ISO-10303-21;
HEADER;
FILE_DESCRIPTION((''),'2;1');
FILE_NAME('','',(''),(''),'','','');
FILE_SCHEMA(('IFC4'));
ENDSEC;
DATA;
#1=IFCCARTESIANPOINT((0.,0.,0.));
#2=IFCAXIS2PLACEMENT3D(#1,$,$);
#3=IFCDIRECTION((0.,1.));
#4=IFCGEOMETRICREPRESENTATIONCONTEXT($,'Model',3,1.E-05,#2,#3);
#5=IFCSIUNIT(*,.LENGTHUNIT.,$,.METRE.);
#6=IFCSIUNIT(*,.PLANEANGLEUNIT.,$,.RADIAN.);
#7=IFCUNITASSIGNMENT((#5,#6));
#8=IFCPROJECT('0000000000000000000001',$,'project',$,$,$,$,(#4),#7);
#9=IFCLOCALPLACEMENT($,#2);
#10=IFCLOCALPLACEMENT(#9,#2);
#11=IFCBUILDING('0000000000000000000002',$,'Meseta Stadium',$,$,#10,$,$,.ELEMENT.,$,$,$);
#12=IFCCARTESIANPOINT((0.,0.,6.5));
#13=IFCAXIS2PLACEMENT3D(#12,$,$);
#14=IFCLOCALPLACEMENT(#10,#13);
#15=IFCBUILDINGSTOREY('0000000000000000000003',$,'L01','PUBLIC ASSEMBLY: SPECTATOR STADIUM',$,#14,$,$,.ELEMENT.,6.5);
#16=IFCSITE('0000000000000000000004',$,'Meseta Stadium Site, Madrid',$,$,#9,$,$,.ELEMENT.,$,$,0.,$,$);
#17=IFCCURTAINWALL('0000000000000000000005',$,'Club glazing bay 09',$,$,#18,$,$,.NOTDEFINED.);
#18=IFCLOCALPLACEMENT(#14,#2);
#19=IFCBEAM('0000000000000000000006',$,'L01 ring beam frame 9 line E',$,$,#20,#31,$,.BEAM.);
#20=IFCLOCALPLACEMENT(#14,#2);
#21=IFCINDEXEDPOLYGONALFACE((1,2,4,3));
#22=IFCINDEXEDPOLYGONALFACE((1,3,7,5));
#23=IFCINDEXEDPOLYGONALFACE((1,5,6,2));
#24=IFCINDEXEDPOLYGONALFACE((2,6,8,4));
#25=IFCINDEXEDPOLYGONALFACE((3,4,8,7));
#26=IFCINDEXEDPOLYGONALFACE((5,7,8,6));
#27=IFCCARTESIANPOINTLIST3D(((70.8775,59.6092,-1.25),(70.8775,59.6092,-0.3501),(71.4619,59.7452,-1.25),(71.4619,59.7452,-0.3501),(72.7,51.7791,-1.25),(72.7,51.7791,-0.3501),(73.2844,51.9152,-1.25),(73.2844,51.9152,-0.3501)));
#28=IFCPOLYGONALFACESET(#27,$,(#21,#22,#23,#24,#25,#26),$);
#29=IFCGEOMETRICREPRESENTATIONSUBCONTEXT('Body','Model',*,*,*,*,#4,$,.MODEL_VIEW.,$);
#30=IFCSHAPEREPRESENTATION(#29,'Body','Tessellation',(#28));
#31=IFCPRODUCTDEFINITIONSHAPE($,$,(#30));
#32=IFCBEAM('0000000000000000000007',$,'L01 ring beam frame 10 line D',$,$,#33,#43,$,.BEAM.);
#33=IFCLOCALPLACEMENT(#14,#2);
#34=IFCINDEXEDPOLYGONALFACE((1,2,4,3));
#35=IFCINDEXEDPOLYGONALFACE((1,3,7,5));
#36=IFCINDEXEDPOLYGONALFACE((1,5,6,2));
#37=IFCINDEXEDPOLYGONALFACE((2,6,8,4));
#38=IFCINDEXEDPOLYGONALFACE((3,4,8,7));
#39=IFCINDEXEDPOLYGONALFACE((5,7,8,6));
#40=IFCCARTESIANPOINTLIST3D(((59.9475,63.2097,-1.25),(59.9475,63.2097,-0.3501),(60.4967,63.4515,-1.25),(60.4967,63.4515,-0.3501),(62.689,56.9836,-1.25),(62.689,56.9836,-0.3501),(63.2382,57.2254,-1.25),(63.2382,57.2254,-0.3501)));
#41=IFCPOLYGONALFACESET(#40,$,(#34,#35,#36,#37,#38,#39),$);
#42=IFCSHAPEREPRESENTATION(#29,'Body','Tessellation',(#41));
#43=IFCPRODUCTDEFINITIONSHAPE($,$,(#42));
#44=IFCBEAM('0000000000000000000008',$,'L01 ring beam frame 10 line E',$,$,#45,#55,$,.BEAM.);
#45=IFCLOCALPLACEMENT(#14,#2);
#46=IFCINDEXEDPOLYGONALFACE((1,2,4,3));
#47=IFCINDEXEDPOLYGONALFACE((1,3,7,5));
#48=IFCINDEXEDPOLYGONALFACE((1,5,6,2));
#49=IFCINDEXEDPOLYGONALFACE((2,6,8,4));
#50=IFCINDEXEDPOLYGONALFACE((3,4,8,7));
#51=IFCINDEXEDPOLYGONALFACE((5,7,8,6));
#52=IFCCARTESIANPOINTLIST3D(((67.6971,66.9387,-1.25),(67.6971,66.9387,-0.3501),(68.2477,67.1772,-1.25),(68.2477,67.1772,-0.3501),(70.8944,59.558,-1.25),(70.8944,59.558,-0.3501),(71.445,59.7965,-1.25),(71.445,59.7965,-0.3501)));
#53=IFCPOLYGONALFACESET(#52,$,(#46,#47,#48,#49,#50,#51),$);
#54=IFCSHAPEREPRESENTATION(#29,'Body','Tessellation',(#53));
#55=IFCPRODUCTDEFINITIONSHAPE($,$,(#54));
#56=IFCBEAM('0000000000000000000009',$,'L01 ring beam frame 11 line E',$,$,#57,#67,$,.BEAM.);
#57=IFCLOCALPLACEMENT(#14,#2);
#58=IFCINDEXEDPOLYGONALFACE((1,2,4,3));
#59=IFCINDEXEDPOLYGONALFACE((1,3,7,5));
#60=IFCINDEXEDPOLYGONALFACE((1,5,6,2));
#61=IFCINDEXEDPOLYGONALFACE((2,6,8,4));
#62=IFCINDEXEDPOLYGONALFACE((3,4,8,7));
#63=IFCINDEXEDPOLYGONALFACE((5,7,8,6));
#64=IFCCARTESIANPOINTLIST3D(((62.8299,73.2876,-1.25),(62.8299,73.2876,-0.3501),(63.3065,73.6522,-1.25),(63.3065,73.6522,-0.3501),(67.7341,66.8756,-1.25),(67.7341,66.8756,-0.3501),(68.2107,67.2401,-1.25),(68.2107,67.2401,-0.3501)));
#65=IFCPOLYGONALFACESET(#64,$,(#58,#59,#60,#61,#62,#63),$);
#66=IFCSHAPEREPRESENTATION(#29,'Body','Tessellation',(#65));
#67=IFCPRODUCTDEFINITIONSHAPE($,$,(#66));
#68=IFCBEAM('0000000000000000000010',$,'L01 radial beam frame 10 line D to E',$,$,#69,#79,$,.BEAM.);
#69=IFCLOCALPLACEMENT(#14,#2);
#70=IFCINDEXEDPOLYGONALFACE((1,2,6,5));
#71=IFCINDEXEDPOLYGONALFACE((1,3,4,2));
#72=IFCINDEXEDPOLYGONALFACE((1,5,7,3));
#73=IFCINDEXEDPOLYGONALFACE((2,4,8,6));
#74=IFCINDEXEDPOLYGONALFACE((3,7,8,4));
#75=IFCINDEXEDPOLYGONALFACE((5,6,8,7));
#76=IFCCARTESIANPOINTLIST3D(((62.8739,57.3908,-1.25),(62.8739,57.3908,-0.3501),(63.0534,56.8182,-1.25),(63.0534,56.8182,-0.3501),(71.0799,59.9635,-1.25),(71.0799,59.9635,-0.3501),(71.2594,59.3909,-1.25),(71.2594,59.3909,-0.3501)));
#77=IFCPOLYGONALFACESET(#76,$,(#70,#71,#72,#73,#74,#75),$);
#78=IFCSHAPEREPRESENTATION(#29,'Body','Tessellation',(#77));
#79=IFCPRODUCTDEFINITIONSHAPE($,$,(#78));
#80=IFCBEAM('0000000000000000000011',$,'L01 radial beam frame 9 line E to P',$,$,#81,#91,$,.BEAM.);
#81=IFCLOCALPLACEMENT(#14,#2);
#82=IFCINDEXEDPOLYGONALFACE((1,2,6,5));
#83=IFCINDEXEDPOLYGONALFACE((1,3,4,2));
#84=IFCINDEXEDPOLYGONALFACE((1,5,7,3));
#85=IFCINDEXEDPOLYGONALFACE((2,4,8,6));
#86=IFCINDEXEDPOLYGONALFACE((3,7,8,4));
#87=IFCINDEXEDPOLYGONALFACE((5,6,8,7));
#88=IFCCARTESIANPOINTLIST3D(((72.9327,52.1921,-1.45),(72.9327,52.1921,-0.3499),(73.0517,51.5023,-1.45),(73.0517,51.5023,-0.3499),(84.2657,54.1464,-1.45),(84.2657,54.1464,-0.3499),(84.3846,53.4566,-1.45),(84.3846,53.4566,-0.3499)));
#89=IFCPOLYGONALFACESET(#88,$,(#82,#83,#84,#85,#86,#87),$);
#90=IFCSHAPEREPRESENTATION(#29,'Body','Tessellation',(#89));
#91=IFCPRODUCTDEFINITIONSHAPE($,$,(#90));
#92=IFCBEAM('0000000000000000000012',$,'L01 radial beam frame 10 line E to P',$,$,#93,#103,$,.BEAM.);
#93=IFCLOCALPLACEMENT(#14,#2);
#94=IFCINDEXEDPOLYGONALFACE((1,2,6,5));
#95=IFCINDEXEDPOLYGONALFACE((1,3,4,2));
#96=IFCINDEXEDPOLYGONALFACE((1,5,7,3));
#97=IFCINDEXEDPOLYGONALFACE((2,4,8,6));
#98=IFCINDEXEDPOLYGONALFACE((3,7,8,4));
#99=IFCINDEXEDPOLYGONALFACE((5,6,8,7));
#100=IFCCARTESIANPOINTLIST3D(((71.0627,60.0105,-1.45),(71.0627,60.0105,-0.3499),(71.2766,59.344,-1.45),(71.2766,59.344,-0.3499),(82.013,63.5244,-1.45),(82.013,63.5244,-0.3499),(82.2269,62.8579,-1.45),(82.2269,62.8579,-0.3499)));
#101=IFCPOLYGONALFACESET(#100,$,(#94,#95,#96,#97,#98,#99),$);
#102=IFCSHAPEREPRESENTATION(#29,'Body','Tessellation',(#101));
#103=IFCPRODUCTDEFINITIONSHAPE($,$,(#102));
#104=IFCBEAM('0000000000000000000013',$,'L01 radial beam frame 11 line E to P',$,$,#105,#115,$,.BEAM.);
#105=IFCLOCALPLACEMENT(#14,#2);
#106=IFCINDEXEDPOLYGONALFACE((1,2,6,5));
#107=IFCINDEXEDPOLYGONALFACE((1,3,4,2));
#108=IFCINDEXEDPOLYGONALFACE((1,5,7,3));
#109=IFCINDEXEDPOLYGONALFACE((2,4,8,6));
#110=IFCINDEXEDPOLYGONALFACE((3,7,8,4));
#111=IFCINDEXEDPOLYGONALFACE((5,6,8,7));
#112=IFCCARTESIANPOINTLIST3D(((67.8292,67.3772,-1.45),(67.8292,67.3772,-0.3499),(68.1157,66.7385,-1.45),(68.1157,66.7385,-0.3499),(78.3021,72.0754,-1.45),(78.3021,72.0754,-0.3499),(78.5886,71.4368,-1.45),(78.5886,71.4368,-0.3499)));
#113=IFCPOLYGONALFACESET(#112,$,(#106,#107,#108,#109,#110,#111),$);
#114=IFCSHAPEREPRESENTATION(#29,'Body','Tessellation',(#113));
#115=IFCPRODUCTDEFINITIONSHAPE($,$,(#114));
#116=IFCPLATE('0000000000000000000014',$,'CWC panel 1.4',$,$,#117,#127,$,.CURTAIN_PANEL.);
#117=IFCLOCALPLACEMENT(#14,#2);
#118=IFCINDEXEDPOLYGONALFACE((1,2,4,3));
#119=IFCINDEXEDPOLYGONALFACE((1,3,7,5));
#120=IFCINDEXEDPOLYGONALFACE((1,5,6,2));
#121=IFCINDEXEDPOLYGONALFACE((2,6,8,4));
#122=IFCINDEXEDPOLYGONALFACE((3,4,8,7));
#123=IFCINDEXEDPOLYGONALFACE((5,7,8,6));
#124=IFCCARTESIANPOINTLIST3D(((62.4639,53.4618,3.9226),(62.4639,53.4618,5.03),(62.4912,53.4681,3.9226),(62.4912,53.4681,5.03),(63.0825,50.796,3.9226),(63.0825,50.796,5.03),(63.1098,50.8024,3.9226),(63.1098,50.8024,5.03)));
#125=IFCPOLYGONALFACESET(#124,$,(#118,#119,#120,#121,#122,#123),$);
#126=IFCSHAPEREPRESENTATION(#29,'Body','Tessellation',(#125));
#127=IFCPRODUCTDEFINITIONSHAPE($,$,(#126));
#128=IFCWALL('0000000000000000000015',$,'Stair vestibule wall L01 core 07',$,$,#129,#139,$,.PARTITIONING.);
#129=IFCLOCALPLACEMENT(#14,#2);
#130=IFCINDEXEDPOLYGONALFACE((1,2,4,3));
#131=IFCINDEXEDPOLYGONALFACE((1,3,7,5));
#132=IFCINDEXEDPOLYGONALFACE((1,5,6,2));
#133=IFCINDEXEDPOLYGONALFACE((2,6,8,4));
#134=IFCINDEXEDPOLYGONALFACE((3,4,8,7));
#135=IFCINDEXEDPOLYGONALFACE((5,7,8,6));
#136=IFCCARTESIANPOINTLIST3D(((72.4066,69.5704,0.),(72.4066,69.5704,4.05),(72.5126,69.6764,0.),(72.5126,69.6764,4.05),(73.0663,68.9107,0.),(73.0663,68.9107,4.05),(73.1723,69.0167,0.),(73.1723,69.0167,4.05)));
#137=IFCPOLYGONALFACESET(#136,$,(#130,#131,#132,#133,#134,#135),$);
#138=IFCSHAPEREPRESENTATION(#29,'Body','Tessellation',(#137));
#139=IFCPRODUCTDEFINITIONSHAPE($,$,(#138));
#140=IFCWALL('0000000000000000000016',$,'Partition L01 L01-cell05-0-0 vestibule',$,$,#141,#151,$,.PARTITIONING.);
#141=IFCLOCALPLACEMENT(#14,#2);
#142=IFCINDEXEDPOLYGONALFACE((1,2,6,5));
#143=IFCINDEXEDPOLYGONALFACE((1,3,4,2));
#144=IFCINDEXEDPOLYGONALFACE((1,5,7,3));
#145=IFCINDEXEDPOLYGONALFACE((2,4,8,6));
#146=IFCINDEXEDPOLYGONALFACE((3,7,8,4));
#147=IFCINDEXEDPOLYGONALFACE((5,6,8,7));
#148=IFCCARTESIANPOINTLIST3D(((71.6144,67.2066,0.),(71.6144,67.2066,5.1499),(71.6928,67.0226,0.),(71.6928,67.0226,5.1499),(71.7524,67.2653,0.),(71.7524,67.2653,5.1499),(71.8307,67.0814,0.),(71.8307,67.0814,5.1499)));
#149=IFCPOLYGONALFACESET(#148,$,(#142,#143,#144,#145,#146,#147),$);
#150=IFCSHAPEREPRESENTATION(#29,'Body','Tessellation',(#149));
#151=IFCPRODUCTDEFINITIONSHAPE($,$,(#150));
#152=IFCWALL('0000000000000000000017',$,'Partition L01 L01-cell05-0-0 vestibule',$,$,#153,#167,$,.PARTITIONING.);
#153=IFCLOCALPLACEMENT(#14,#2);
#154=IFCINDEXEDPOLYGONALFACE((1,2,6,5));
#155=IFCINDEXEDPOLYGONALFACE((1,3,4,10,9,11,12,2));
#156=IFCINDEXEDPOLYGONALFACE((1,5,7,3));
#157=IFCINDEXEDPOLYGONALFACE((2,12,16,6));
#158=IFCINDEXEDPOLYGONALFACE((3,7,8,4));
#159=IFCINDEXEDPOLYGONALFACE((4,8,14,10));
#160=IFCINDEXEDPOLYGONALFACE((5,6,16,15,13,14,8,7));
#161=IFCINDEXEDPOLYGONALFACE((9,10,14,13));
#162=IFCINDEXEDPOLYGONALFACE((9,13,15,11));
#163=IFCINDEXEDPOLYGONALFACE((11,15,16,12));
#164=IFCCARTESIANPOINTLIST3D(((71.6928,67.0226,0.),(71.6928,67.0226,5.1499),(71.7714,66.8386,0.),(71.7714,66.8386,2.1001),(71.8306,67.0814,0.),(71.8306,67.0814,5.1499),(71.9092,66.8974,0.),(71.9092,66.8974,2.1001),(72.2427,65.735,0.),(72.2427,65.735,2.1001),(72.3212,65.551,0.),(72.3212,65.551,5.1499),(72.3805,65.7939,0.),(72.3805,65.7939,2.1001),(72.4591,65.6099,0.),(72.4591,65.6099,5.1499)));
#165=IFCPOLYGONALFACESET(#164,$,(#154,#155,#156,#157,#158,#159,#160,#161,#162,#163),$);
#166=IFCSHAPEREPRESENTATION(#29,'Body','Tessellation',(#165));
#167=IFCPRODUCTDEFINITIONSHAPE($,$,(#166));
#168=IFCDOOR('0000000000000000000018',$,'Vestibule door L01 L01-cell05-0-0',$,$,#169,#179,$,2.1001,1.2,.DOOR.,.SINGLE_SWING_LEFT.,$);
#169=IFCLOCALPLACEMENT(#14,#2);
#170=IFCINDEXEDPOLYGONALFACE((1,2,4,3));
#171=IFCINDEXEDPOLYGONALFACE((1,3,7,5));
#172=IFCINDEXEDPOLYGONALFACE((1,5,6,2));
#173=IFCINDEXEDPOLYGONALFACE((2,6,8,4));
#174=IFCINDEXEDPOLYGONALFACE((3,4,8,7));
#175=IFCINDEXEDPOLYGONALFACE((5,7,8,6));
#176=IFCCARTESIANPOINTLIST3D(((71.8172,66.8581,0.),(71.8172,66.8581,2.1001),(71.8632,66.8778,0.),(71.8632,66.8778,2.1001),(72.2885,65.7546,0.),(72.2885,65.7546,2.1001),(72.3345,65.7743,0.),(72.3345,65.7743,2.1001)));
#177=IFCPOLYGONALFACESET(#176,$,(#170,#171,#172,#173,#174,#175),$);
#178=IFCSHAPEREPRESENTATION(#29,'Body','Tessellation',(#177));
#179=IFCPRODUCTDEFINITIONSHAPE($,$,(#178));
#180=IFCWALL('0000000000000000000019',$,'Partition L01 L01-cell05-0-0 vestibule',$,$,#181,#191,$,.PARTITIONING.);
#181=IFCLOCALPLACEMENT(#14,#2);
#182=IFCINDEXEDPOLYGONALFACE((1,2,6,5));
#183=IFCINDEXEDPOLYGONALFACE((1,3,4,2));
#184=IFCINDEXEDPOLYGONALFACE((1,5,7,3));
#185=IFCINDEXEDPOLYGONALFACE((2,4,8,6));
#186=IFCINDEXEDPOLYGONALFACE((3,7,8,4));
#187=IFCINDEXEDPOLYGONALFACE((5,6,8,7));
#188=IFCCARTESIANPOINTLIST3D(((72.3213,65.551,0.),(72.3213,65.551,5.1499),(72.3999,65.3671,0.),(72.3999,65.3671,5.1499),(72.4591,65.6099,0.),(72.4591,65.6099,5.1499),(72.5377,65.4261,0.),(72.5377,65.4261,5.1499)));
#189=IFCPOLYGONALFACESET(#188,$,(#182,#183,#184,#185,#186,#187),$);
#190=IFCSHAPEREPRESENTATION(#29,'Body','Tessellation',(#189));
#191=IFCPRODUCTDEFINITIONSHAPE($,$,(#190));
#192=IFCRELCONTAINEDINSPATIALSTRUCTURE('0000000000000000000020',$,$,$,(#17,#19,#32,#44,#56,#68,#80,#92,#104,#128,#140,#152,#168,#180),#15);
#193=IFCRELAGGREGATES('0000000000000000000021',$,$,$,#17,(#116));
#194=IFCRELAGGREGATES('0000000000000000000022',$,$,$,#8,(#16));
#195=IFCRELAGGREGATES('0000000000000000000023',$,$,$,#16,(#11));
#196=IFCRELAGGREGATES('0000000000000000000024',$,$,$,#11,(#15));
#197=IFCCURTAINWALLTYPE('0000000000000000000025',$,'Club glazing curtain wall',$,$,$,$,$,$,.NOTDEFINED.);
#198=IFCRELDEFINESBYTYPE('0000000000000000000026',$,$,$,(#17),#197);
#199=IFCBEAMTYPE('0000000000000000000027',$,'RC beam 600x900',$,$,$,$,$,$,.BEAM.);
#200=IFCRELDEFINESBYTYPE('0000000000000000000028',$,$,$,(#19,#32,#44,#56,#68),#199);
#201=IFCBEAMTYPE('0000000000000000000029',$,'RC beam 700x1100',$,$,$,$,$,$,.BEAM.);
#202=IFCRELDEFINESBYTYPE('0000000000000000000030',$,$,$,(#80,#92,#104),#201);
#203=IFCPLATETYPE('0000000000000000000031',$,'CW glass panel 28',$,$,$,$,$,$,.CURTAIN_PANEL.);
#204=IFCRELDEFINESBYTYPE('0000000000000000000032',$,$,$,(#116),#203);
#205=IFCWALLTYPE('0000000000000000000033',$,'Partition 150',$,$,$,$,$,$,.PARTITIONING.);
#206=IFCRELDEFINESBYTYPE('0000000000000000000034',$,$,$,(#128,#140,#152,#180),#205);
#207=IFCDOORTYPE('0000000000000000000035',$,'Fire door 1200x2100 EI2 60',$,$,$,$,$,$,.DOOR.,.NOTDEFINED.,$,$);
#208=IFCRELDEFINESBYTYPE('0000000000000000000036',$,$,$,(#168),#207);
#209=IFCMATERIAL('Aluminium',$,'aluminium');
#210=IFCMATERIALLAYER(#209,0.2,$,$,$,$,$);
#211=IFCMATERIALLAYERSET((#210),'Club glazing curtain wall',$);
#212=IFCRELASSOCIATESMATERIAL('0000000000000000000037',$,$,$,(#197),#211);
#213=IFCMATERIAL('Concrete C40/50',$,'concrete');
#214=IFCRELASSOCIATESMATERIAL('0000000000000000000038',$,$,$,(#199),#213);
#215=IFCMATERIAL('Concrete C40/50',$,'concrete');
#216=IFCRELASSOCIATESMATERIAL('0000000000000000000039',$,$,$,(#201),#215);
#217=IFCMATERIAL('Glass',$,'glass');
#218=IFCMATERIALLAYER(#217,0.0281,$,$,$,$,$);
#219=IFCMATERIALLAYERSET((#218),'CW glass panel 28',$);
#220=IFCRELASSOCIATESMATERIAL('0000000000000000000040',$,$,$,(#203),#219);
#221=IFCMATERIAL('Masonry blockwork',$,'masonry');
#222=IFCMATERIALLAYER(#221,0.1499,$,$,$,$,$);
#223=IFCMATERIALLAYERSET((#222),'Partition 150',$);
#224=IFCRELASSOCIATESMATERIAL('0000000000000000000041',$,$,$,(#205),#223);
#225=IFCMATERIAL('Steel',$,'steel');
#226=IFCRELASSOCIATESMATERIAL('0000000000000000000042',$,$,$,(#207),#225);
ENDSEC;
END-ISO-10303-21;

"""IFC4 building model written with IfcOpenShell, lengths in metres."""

from ifc_helpers import new_model, si_unit, direction, frame, frame_2d, origin, origin_2d, place, context, subcontext, project, spatial, rectangle, extrude, material, layer, layer_set, material_profile, profile_set, type_object, element, fill, aggregate, save


model = new_model("IFC4")

# Units and contexts
model_context = context("Model", 3, precision=1e-05, world=origin(), true_north=direction((0.0, 1.0)))
body_context = subcontext(model_context, "Body", "Model", "MODEL_VIEW")
ifc_project = project(units=[si_unit("LENGTHUNIT", "METRE"), si_unit("PLANEANGLEUNIT", "RADIAN")], contexts=[model_context])

# Site, building, storey
site_placement = place(None, origin())
site = spatial("IfcSite", under=ifc_project, at=site_placement, Name="Meseta Stadium Site, Madrid", CompositionType="ELEMENT", RefElevation=0.0)
building_placement = place(site_placement, origin())
building = spatial("IfcBuilding", under=site, at=building_placement, Name="Meseta Stadium", CompositionType="ELEMENT")
storey_placement = place(building_placement, frame((0.0, 0.0, 6.5)))
storey = spatial("IfcBuildingStorey", under=building, at=storey_placement, Name="L01", Description="PUBLIC ASSEMBLY: SPECTATOR STADIUM", CompositionType="ELEMENT", Elevation=6.5)

# Curtain wall
ifc_material_1 = material(Name="Aluminium", Category="aluminium")
ifc_layer_1 = layer(ifc_material_1, 0.2)
ifc_layer_set_1 = layer_set([ifc_layer_1], Name="Club glazing curtain wall")
curtain_wall_type = type_object("IfcCurtainWallType", Name="Club glazing curtain wall", PredefinedType="NOTDEFINED", material=ifc_layer_set_1)
curtain_wall_placement = place(storey_placement, origin())
curtain_wall = element("IfcCurtainWall", 1, at=curtain_wall_placement, inside=storey, type_object=curtain_wall_type, Name="Club glazing bay 09", PredefinedType="NOTDEFINED")

# Beams
ifc_material_2 = material(Name="Concrete C40/50", Category="concrete")
ifc_material_profile_1 = material_profile(ifc_material_2, rectangle(XDim=0.6001, YDim=0.8999, at=origin_2d()), Name="RC 600x900")
ifc_profile_set_1 = profile_set([ifc_material_profile_1], Name="Concrete C40/50")
beam_type_1 = type_object("IfcBeamType", Name="RC beam 600x900", PredefinedType="BEAM", material=ifc_profile_set_1)
beam_1_placement = place(storey_placement, frame((72.9922, 51.8472, -0.8), z_axis=(-0.226698, 0.973965, 0.0), x_axis=(-0.973965, -0.226698, 0.0)))
element("IfcBeam", 2, at=beam_1_placement, inside=storey, type_object=beam_type_1, Name="L01 ring beam frame 9 line E", PredefinedType="BEAM", context=body_context, shape_type="SweptSolid", body=[
    extrude(rectangle(XDim=0.6001, YDim=0.8999, at=origin_2d()), origin(), (0.0, 0.0, 1.0), 8.0393),
])
beam_2_placement = place(storey_placement, frame((62.9636, 57.1045, -0.8), z_axis=(-0.402983, 0.915208, 0.0), x_axis=(-0.915208, -0.402983, 0.0)))
element("IfcBeam", 3, at=beam_2_placement, inside=storey, type_object=beam_type_1, Name="L01 ring beam frame 10 line D", PredefinedType="BEAM", context=body_context, shape_type="SweptSolid", body=[
    extrude(rectangle(XDim=0.6001, YDim=0.8999, at=origin_2d()), origin(), (0.0, 0.0, 1.0), 6.803),
])
beam_3_placement = place(storey_placement, frame((71.1697, 59.6772, -0.8), z_axis=(-0.397503, 0.917601, 0.0), x_axis=(-0.917601, -0.397503, 0.0)))
element("IfcBeam", 4, at=beam_3_placement, inside=storey, type_object=beam_type_1, Name="L01 ring beam frame 10 line E", PredefinedType="BEAM", context=body_context, shape_type="SweptSolid", body=[
    extrude(rectangle(XDim=0.6001, YDim=0.8999, at=origin_2d()), origin(), (0.0, 0.0, 1.0), 8.0435),
])
beam_4_placement = place(storey_placement, frame((67.9724, 67.0579, -0.8), z_axis=(-0.607522, 0.794303, 0.0), x_axis=(-0.794303, -0.607522, 0.0)))
element("IfcBeam", 5, at=beam_4_placement, inside=storey, type_object=beam_type_1, Name="L01 ring beam frame 11 line E", PredefinedType="BEAM", context=body_context, shape_type="SweptSolid", body=[
    extrude(rectangle(XDim=0.6001, YDim=0.8999, at=origin_2d()), origin(), (0.0, 0.0, 1.0), 8.0725),
])
beam_5_placement = place(storey_placement, frame((62.9636, 57.1045, -0.8), z_axis=(0.954203, 0.299161, 0.0), x_axis=(-0.299161, 0.954203, 0.0)))
element("IfcBeam", 6, at=beam_5_placement, inside=storey, type_object=beam_type_1, Name="L01 radial beam frame 10 line D to E", PredefinedType="BEAM", context=body_context, shape_type="SweptSolid", body=[
    extrude(rectangle(XDim=0.6001, YDim=0.8999, at=origin_2d()), origin(), (0.0, 0.0, 1.0), 8.5999),
])
ifc_material_3 = material(Name="Concrete C40/50", Category="concrete")
ifc_material_profile_2 = material_profile(ifc_material_3, rectangle(XDim=0.7, YDim=1.1001, at=origin_2d()), Name="RC 700x1100")
ifc_profile_set_2 = profile_set([ifc_material_profile_2], Name="Concrete C40/50")
beam_type_2 = type_object("IfcBeamType", Name="RC beam 700x1100", PredefinedType="BEAM", material=ifc_profile_set_2)
for number, where, z_axis, x_axis, name in (
    (7, (72.9922, 51.8472, -0.8999), (0.985455, 0.169939, 0.0), (-0.169939, 0.985455, 0.0), "L01 radial beam frame 9 line E to P"),
    (8, (71.1697, 59.6772, -0.8999), (0.952175, 0.305553, 0.0), (-0.305553, 0.952175, 0.0), "L01 radial beam frame 10 line E to P"),
):
    element("IfcBeam", number, at=place(storey_placement, frame(where, z_axis=z_axis, x_axis=x_axis)), inside=storey, type_object=beam_type_2, Name=name, PredefinedType="BEAM", context=body_context, shape_type="SweptSolid", body=[
        extrude(rectangle(XDim=0.7, YDim=1.1001, at=origin_2d()), origin(), (0.0, 0.0, 1.0), 11.5002),
    ])
beam_6_placement = place(storey_placement, frame((67.9724, 67.0579, -0.8999), z_axis=(0.912396, 0.409309, 0.0), x_axis=(-0.409309, 0.912396, 0.0)))
element("IfcBeam", 9, at=beam_6_placement, inside=storey, type_object=beam_type_2, Name="L01 radial beam frame 11 line E to P", PredefinedType="BEAM", context=body_context, shape_type="SweptSolid", body=[
    extrude(rectangle(XDim=0.7, YDim=1.1001, at=origin_2d()), origin(), (0.0, 0.0, 1.0), 11.4785),
])

# Plate
ifc_material_4 = material(Name="Glass", Category="glass")
ifc_layer_2 = layer(ifc_material_4, 0.0281)
ifc_layer_set_2 = layer_set([ifc_layer_2], Name="CW glass panel 28")
plate_type = type_object("IfcPlateType", Name="CW glass panel 28", PredefinedType="CURTAIN_PANEL", material=ifc_layer_set_2)
plate_placement = place(storey_placement, frame((62.7869, 52.1321, 3.9226), z_axis=(0.0, 0.0, 1.0), x_axis=(-0.226048, 0.974116, 0.0)))
plate = element("IfcPlate", 10, at=plate_placement, type_object=plate_type, Name="CWC panel 1.4", PredefinedType="CURTAIN_PANEL", context=body_context, shape_type="SweptSolid", body=[
    extrude(rectangle(XDim=2.7366, YDim=0.0281, at=origin_2d()), origin(), (0.0, 0.0, 1.0), 1.1074),
])
aggregate(curtain_wall, [plate])

# Walls
ifc_material_5 = material(Name="Masonry blockwork", Category="masonry")
ifc_layer_3 = layer(ifc_material_5, 0.1499)
ifc_layer_set_3 = layer_set([ifc_layer_3], Name="Partition 150")
wall_type = type_object("IfcWallType", Name="Partition 150", PredefinedType="PARTITIONING", material=ifc_layer_set_3)
wall_1_placement = place(storey_placement, frame((72.4597, 69.6233, 0.0), z_axis=(0.0, 0.0, 1.0), x_axis=(0.707107, -0.707107, 0.0)))
element("IfcWall", 11, at=wall_1_placement, inside=storey, type_object=wall_type, Name="Stair vestibule wall L01 core 07", PredefinedType="PARTITIONING", context=body_context, shape_type="SweptSolid", body=[
    extrude(rectangle(XDim=0.9329, YDim=0.1499, at=frame_2d((0.4663, 0.0))), origin(), (0.0, 0.0, 1.0), 4.05),
])
wall_2_placement = place(storey_placement, frame((71.6833, 67.2361, 0.0), z_axis=(0.0, 0.0, 1.0), x_axis=(0.391709, -0.920089, 0.0)))
element("IfcWall", 12, at=wall_2_placement, inside=storey, type_object=wall_type, Name="Partition L01 L01-cell05-0-0 vestibule", PredefinedType="PARTITIONING", context=body_context, shape_type="SweptSolid", body=[
    extrude(rectangle(XDim=0.2, YDim=0.1499, at=frame_2d((0.1001, 0.0))), origin(), (0.0, 0.0, 1.0), 5.1499),
])

# Wall, opening, door
wall_3_placement = place(storey_placement, frame((71.7617, 67.052, 0.0), z_axis=(0.0, 0.0, 1.0), x_axis=(0.392759, -0.919642, 0.0)))
wall_3 = element("IfcWall", 13, at=wall_3_placement, inside=storey, type_object=wall_type, Name="Partition L01 L01-cell05-0-0 vestibule", PredefinedType="PARTITIONING", context=body_context, shape_type="SweptSolid", body=[
    extrude(rectangle(XDim=1.6001, YDim=0.1499, at=frame_2d((0.8, 0.0))), origin(), (0.0, 0.0, 1.0), 5.1499),
])
opening_placement = place(wall_3_placement, frame((0.2, 0.0, 0.0)))
opening = element("IfcOpeningElement", 14, at=opening_placement, cuts=wall_3, PredefinedType="OPENING", context=body_context, shape_type="SweptSolid", body=[
    extrude(rectangle(XDim=1.2, YDim=2.1001, at=frame_2d((0.6001, 1.05))), frame((0.0, 0.085, 0.0), z_axis=(0.0, -1.0, 0.0), x_axis=(1.0, 0.0, 0.0)), (0.0, 0.0, 1.0), 0.1699),
])
ifc_material_6 = material(Name="Steel", Category="steel")
door_type = type_object("IfcDoorType", Name="Fire door 1200x2100 EI2 60", OperationType="NOTDEFINED", PredefinedType="DOOR", material=ifc_material_6)
door_placement = place(opening_placement, origin())
door = element("IfcDoor", 15, at=door_placement, inside=storey, type_object=door_type, Name="Vestibule door L01 L01-cell05-0-0", OperationType="SINGLE_SWING_LEFT", OverallHeight=2.1001, OverallWidth=1.2, PredefinedType="DOOR", context=body_context, shape_type="SweptSolid", body=[
    extrude(rectangle(XDim=1.2, YDim=2.1001, at=frame_2d((0.6001, 1.05))), frame((0.0, 0.0249, 0.0), z_axis=(0.0, -1.0, 0.0), x_axis=(1.0, 0.0, 0.0)), (0.0, 0.0, 1.0), 0.05),
])
fill(opening, door)

# Wall
wall_4_placement = place(storey_placement, frame((72.3901, 65.5806, 0.0), z_axis=(0.0, 0.0, 1.0), x_axis=(0.393182, -0.919461, 0.0)))
element("IfcWall", 16, at=wall_4_placement, inside=storey, type_object=wall_type, Name="Partition L01 L01-cell05-0-0 vestibule", PredefinedType="PARTITIONING", context=body_context, shape_type="SweptSolid", body=[
    extrude(rectangle(XDim=0.2, YDim=0.1499, at=frame_2d((0.1001, 0.0))), origin(), (0.0, 0.0, 1.0), 5.1499),
])

save(model, "model.ifc")
